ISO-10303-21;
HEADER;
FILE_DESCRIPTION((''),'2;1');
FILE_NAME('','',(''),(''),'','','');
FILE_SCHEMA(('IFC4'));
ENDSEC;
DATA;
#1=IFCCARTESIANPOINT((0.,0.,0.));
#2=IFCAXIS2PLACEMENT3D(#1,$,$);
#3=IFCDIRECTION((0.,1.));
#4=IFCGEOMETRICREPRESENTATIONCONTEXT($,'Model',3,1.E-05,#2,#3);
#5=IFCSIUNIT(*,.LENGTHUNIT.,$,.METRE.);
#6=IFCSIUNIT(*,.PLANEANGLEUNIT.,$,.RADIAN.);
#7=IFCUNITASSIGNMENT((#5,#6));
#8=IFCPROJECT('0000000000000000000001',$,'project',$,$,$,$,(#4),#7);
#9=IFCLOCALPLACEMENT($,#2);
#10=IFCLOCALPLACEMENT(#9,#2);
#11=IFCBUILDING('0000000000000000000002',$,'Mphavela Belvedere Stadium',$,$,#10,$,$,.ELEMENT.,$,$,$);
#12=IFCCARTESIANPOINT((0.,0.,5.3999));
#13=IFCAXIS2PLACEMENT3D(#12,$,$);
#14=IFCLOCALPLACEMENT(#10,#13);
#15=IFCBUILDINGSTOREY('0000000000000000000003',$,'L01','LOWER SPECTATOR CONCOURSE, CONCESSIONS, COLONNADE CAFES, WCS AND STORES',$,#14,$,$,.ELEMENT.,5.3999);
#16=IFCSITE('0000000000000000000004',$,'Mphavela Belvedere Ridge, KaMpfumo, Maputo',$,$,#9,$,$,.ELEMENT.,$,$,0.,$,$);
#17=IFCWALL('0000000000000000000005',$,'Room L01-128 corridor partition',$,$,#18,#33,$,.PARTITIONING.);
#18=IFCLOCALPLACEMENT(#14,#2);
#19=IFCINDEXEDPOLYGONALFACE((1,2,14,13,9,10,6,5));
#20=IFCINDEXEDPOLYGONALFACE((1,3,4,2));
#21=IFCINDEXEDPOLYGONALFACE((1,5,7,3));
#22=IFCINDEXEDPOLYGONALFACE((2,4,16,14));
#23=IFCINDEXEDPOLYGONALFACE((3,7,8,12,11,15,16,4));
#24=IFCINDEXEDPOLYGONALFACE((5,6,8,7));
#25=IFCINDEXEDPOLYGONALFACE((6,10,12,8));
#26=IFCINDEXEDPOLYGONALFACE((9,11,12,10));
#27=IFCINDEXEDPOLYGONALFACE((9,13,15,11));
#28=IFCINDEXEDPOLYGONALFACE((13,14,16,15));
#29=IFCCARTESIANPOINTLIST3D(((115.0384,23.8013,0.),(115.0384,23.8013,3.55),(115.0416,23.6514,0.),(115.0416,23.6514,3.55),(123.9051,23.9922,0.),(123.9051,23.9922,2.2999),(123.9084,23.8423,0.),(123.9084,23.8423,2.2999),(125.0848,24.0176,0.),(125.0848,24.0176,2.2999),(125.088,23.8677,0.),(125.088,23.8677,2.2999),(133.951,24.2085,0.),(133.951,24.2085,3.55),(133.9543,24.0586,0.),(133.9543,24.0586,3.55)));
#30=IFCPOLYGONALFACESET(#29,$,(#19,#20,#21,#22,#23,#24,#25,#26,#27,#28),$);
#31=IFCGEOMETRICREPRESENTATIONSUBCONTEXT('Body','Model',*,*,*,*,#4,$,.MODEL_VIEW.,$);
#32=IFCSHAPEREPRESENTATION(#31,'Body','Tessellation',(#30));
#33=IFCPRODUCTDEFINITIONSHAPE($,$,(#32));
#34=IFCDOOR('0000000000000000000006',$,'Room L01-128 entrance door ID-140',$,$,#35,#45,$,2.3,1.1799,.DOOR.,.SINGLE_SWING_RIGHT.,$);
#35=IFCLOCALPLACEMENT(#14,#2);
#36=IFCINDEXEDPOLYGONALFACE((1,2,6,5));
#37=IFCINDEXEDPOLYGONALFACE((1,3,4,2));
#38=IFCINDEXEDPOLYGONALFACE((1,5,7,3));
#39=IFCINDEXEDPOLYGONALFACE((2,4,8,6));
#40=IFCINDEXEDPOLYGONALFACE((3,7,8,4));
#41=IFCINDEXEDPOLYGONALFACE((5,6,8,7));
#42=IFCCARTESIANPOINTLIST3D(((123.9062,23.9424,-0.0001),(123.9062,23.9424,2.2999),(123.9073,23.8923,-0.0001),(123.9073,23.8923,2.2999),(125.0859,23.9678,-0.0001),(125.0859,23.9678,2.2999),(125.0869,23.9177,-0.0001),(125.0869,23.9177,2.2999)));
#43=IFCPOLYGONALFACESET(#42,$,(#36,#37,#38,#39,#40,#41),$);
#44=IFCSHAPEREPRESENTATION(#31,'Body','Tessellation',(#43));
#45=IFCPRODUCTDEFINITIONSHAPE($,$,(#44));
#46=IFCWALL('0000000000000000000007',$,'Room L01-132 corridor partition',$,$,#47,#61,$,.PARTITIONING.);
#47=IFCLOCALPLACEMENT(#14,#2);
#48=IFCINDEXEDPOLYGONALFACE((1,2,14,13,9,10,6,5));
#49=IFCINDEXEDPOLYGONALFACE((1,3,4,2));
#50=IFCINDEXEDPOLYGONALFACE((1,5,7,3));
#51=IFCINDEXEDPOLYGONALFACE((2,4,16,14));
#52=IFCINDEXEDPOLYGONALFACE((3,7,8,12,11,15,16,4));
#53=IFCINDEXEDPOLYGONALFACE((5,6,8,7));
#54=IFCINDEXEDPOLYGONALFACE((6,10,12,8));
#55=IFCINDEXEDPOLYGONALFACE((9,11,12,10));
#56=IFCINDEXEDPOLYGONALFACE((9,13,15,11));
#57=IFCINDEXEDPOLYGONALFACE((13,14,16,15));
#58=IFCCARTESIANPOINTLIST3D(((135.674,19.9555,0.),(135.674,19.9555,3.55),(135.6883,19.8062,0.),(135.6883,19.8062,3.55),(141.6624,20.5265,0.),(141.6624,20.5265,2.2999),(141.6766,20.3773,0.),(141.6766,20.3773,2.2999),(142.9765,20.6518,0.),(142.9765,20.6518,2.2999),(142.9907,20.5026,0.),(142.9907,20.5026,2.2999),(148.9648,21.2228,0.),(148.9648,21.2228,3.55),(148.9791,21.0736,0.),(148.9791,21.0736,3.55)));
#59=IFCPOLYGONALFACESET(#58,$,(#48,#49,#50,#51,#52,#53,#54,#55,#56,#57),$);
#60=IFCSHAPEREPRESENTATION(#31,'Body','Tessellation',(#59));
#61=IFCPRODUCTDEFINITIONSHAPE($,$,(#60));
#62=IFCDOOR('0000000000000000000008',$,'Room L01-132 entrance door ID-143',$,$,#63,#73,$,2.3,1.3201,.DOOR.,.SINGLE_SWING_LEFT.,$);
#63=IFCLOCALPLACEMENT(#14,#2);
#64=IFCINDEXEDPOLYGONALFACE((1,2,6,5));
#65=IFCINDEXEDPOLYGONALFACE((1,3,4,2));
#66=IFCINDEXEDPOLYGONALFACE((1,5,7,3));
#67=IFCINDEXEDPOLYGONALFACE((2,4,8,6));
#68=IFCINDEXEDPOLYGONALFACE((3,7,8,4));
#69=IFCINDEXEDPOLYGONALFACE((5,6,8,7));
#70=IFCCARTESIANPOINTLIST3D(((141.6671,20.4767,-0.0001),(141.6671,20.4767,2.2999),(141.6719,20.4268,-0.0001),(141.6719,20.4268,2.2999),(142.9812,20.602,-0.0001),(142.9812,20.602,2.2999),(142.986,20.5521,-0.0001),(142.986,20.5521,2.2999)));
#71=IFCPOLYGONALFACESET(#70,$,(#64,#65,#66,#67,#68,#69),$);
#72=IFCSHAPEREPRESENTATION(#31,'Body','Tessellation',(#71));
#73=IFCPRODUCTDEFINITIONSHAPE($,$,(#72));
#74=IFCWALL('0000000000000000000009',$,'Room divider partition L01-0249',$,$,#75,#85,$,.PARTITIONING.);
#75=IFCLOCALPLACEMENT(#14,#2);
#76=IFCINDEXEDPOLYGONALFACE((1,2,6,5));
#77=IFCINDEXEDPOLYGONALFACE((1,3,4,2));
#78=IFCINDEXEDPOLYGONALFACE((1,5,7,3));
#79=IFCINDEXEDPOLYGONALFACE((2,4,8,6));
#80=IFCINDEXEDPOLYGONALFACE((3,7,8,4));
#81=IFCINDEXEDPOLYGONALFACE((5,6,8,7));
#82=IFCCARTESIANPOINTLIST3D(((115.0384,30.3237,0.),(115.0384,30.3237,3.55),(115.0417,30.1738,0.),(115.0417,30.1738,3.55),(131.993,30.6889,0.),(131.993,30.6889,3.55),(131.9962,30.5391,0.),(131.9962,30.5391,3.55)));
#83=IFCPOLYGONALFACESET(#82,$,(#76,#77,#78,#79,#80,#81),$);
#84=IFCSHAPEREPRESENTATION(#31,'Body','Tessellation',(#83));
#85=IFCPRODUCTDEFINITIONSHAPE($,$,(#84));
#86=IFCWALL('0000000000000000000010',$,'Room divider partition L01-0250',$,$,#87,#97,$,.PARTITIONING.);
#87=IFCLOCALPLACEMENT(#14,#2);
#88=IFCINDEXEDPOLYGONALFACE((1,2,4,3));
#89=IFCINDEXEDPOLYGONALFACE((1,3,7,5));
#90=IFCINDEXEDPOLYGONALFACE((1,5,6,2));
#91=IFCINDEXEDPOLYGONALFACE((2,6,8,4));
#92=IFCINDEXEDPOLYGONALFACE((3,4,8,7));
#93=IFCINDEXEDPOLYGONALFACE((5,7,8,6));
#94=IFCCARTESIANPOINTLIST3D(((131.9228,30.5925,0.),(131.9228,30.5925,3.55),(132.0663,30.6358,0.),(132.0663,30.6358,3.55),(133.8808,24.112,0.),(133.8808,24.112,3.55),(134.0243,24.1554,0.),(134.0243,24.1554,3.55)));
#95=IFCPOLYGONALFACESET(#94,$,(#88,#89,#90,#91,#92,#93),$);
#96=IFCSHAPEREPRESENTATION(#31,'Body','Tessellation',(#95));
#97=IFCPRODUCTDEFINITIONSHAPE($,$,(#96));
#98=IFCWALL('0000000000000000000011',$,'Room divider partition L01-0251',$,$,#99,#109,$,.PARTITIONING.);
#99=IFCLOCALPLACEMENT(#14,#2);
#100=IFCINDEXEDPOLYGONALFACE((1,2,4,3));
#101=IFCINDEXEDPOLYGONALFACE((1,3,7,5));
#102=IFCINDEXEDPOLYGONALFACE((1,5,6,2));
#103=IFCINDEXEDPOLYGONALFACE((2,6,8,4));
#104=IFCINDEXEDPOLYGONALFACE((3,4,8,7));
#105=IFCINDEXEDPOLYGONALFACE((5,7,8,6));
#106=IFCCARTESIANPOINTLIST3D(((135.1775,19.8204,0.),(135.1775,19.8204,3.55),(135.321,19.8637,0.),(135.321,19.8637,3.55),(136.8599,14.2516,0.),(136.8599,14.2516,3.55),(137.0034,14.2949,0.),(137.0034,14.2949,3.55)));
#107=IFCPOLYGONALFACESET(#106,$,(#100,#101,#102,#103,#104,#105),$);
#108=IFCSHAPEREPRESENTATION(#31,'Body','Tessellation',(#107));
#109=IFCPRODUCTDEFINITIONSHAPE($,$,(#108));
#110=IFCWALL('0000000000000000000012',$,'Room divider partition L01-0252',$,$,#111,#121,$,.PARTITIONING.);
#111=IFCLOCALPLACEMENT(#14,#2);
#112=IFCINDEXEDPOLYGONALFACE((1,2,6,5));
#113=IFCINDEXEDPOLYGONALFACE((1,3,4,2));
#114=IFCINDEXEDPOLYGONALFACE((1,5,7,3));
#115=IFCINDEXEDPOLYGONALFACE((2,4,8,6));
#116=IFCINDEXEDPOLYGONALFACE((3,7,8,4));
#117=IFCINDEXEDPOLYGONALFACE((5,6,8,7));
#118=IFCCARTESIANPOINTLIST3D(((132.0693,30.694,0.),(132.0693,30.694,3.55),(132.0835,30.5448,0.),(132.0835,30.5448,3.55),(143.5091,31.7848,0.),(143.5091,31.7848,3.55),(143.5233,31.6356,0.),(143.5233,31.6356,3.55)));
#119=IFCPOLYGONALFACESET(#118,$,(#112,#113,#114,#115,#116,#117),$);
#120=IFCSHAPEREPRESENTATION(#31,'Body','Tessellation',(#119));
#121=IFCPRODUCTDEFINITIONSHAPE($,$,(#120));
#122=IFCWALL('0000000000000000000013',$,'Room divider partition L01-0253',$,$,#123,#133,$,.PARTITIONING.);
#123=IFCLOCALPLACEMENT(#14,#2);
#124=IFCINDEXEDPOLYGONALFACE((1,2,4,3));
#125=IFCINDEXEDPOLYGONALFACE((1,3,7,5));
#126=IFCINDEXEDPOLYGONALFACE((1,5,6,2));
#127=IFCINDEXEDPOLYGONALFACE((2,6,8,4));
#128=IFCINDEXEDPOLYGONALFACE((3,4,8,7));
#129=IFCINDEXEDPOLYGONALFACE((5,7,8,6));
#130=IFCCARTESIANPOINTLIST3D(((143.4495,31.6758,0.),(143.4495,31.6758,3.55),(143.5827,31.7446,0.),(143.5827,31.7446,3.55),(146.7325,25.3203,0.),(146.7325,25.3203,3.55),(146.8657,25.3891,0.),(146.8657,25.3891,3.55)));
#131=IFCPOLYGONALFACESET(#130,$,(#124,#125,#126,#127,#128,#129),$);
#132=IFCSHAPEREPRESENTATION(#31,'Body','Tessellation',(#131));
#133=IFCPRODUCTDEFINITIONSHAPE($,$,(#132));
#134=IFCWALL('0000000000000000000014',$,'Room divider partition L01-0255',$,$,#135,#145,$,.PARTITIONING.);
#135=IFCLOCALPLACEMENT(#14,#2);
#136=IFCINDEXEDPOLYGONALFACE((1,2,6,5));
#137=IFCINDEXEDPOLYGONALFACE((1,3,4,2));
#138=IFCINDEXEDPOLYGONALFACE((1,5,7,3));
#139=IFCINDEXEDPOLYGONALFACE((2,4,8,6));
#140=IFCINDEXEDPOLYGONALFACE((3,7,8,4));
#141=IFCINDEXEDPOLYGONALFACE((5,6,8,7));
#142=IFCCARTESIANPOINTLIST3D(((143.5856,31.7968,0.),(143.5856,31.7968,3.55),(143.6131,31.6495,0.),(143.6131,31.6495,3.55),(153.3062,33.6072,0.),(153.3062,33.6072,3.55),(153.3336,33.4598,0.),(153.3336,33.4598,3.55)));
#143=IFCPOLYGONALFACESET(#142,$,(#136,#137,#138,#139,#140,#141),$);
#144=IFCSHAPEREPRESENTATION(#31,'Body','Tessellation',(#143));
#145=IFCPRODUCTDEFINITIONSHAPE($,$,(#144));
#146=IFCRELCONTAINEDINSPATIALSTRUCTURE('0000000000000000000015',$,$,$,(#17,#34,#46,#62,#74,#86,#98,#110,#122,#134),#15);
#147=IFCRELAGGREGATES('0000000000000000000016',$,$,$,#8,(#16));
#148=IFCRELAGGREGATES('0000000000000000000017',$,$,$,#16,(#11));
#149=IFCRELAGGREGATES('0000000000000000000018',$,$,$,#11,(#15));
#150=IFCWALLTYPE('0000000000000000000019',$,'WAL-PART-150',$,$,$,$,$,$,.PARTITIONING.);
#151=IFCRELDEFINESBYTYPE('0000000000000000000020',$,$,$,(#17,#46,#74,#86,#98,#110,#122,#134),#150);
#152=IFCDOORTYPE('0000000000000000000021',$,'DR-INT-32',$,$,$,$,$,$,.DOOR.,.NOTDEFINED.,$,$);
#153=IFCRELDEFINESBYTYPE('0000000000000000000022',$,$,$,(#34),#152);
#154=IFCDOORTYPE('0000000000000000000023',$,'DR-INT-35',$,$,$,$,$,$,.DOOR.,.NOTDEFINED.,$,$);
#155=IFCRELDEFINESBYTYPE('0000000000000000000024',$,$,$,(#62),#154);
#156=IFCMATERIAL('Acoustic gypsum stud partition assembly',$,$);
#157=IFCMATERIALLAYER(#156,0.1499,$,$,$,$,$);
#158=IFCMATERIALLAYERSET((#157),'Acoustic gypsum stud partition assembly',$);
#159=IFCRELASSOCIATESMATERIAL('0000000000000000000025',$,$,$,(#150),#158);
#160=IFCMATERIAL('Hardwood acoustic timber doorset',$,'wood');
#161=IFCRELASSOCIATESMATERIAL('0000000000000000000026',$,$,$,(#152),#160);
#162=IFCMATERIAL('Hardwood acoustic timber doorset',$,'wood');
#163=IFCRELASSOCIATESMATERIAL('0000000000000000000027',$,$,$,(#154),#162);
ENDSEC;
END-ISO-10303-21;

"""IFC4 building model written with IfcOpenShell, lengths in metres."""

from ifc_helpers import new_model, si_unit, direction, frame, frame_2d, origin, place, context, subcontext, project, spatial, rectangle, extrude, material, layer, layer_set, type_object, element, fill, save


model = new_model("IFC4")

# Units and contexts
model_context = context("Model", 3, precision=1e-05, world=origin(), true_north=direction((0.0, 1.0)))
body_context = subcontext(model_context, "Body", "Model", "MODEL_VIEW")
ifc_project = project(units=[si_unit("LENGTHUNIT", "METRE"), si_unit("PLANEANGLEUNIT", "RADIAN")], contexts=[model_context])

# Site, building, storey
site_placement = place(None, origin())
site = spatial("IfcSite", under=ifc_project, at=site_placement, Name="Mphavela Belvedere Ridge, KaMpfumo, Maputo", CompositionType="ELEMENT", RefElevation=0.0)
building_placement = place(site_placement, origin())
building = spatial("IfcBuilding", under=site, at=building_placement, Name="Mphavela Belvedere Stadium", CompositionType="ELEMENT")
storey_placement = place(building_placement, frame((0.0, 0.0, 5.3999)))
storey = spatial("IfcBuildingStorey", under=building, at=storey_placement, Name="L01", Description="LOWER SPECTATOR CONCOURSE, CONCESSIONS, COLONNADE CAFES, WCS AND STORES", CompositionType="ELEMENT", Elevation=5.3999)

# Walls, openings, doors
ifc_material_1 = material(Name="Acoustic gypsum stud partition assembly")
ifc_layer_1 = layer(ifc_material_1, 0.1499)
ifc_layer_set_1 = layer_set([ifc_layer_1], Name="Acoustic gypsum stud partition assembly")
wall_type_1 = type_object("IfcWallType", Name="WAL-PART-150", PredefinedType="PARTITIONING", material=ifc_layer_set_1)
wall_1_placement = place(storey_placement, frame((133.9526, 24.1335, 0.0), z_axis=(0.0, 0.0, 1.0), x_axis=(-0.999768, -0.021527, 0.0)))
wall_1 = element("IfcWall", 1, at=wall_1_placement, inside=storey, type_object=wall_type_1, Name="Room L01-128 corridor partition", PredefinedType="PARTITIONING", context=body_context, shape_type="SweptSolid", body=[
    extrude(rectangle(XDim=18.917, YDim=0.1499, at=frame_2d((9.4585, 0.0))), origin(), (0.0, 0.0, 1.0), 3.55),
])
opening_1_placement = place(wall_1_placement, frame((8.8684, 0.0, 0.0)))
opening_1 = element("IfcOpeningElement", 2, at=opening_1_placement, cuts=wall_1, PredefinedType="OPENING", context=body_context, shape_type="SweptSolid", body=[
    extrude(rectangle(XDim=1.1799, YDim=2.3, at=frame_2d((0.5898, 1.1499))), frame((0.0, 0.085, 0.0), z_axis=(0.0, -1.0, 0.0), x_axis=(1.0, 0.0, 0.0)), (0.0, 0.0, 1.0), 0.1699),
])
ifc_material_2 = material(Name="Hardwood acoustic timber doorset", Category="wood")
door_type_1 = type_object("IfcDoorType", Name="DR-INT-32", OperationType="NOTDEFINED", PredefinedType="DOOR", material=ifc_material_2)
door_1_placement = place(opening_1_placement, origin())
door_1 = element("IfcDoor", 3, at=door_1_placement, inside=storey, type_object=door_type_1, Name="Room L01-128 entrance door ID-140", OperationType="SINGLE_SWING_RIGHT", OverallHeight=2.3, OverallWidth=1.1799, PredefinedType="DOOR", context=body_context, shape_type="SweptSolid", body=[
    extrude(rectangle(XDim=1.1799, YDim=2.3, at=frame_2d((0.5898, 1.1499))), frame((0.0, 0.0249, 0.0), z_axis=(0.0, -1.0, 0.0), x_axis=(1.0, 0.0, 0.0)), (0.0, 0.0, 1.0), 0.05),
])
fill(opening_1, door_1)
wall_2_placement = place(storey_placement, frame((135.6812, 19.8809, 0.0), z_axis=(0.0, 0.0, 1.0), x_axis=(0.995485, 0.094924, 0.0)))
wall_2 = element("IfcWall", 4, at=wall_2_placement, inside=storey, type_object=wall_type_1, Name="Room L01-132 corridor partition", PredefinedType="PARTITIONING", context=body_context, shape_type="SweptSolid", body=[
    extrude(rectangle(XDim=13.3511, YDim=0.1499, at=frame_2d((6.6755, 0.0))), origin(), (0.0, 0.0, 1.0), 3.55),
])
opening_2_placement = place(wall_2_placement, frame((6.0154, 0.0, 0.0)))
opening_2 = element("IfcOpeningElement", 5, at=opening_2_placement, cuts=wall_2, PredefinedType="OPENING", context=body_context, shape_type="SweptSolid", body=[
    extrude(rectangle(XDim=1.3201, YDim=2.3, at=frame_2d((0.6602, 1.1499))), frame((0.0, 0.085, 0.0), z_axis=(0.0, -1.0, 0.0), x_axis=(1.0, 0.0, 0.0)), (0.0, 0.0, 1.0), 0.1699),
])
ifc_material_3 = material(Name="Hardwood acoustic timber doorset", Category="wood")
door_type_2 = type_object("IfcDoorType", Name="DR-INT-35", OperationType="NOTDEFINED", PredefinedType="DOOR", material=ifc_material_3)
door_2_placement = place(opening_2_placement, origin())
door_2 = element("IfcDoor", 6, at=door_2_placement, inside=storey, type_object=door_type_2, Name="Room L01-132 entrance door ID-143", OperationType="SINGLE_SWING_LEFT", OverallHeight=2.3, OverallWidth=1.3201, PredefinedType="DOOR", context=body_context, shape_type="SweptSolid", body=[
    extrude(rectangle(XDim=1.3201, YDim=2.3, at=frame_2d((0.6602, 1.1499))), frame((0.0, 0.0249, 0.0), z_axis=(0.0, -1.0, 0.0), x_axis=(1.0, 0.0, 0.0)), (0.0, 0.0, 1.0), 0.05),
])
fill(opening_2, door_2)

# Walls
wall_3_placement = place(storey_placement, frame((115.04, 30.2488, 0.0), z_axis=(0.0, 0.0, 1.0), x_axis=(0.999768, 0.021537, 0.0)))
element("IfcWall", 7, at=wall_3_placement, inside=storey, type_object=wall_type_1, Name="Room divider partition L01-0249", PredefinedType="PARTITIONING", context=body_context, shape_type="SweptSolid", body=[
    extrude(rectangle(XDim=16.9585, YDim=0.1499, at=frame_2d((8.4792, 0.0))), origin(), (0.0, 0.0, 1.0), 3.55),
])
wall_4_placement = place(storey_placement, frame((131.9946, 30.614, 0.0), z_axis=(0.0, 0.0, 1.0), x_axis=(0.289227, -0.957261, 0.0)))
element("IfcWall", 8, at=wall_4_placement, inside=storey, type_object=wall_type_1, Name="Room divider partition L01-0250", PredefinedType="PARTITIONING", context=body_context, shape_type="SweptSolid", body=[
    extrude(rectangle(XDim=6.7698, YDim=0.1499, at=frame_2d((3.3848, 0.0))), origin(), (0.0, 0.0, 1.0), 3.55),
])
wall_5_placement = place(storey_placement, frame((135.2493, 19.842, 0.0), z_axis=(0.0, 0.0, 1.0), x_axis=(0.289195, -0.95727, 0.0)))
element("IfcWall", 9, at=wall_5_placement, inside=storey, type_object=wall_type_1, Name="Room divider partition L01-0251", PredefinedType="PARTITIONING", context=body_context, shape_type="SweptSolid", body=[
    extrude(rectangle(XDim=5.8174, YDim=0.1499, at=frame_2d((2.9087, 0.0))), origin(), (0.0, 0.0, 1.0), 3.55),
])
wall_6_placement = place(storey_placement, frame((132.0764, 30.6194, 0.0), z_axis=(0.0, 0.0, 1.0), x_axis=(0.995485, 0.094923, 0.0)))
element("IfcWall", 10, at=wall_6_placement, inside=storey, type_object=wall_type_1, Name="Room divider partition L01-0252", PredefinedType="PARTITIONING", context=body_context, shape_type="SweptSolid", body=[
    extrude(rectangle(XDim=11.4917, YDim=0.1499, at=frame_2d((5.7458, 0.0))), origin(), (0.0, 0.0, 1.0), 3.55),
])
wall_7_placement = place(storey_placement, frame((143.5161, 31.7102, 0.0), z_axis=(0.0, 0.0, 1.0), x_axis=(0.458943, -0.888466, 0.0)))
element("IfcWall", 11, at=wall_7_placement, inside=storey, type_object=wall_type_1, Name="Room divider partition L01-0253", PredefinedType="PARTITIONING", context=body_context, shape_type="SweptSolid", body=[
    extrude(rectangle(XDim=7.1533, YDim=0.1499, at=frame_2d((3.5767, 0.0))), origin(), (0.0, 0.0, 1.0), 3.55),
])
wall_8_placement = place(storey_placement, frame((143.5994, 31.7231, 0.0), z_axis=(0.0, 0.0, 1.0), x_axis=(0.983096, 0.183088, 0.0)))
element("IfcWall", 12, at=wall_8_placement, inside=storey, type_object=wall_type_1, Name="Room divider partition L01-0255", PredefinedType="PARTITIONING", context=body_context, shape_type="SweptSolid", body=[
    extrude(rectangle(XDim=9.8877, YDim=0.1499, at=frame_2d((4.9438, 0.0))), origin(), (0.0, 0.0, 1.0), 3.55),
])

save(model, "model.ifc")
